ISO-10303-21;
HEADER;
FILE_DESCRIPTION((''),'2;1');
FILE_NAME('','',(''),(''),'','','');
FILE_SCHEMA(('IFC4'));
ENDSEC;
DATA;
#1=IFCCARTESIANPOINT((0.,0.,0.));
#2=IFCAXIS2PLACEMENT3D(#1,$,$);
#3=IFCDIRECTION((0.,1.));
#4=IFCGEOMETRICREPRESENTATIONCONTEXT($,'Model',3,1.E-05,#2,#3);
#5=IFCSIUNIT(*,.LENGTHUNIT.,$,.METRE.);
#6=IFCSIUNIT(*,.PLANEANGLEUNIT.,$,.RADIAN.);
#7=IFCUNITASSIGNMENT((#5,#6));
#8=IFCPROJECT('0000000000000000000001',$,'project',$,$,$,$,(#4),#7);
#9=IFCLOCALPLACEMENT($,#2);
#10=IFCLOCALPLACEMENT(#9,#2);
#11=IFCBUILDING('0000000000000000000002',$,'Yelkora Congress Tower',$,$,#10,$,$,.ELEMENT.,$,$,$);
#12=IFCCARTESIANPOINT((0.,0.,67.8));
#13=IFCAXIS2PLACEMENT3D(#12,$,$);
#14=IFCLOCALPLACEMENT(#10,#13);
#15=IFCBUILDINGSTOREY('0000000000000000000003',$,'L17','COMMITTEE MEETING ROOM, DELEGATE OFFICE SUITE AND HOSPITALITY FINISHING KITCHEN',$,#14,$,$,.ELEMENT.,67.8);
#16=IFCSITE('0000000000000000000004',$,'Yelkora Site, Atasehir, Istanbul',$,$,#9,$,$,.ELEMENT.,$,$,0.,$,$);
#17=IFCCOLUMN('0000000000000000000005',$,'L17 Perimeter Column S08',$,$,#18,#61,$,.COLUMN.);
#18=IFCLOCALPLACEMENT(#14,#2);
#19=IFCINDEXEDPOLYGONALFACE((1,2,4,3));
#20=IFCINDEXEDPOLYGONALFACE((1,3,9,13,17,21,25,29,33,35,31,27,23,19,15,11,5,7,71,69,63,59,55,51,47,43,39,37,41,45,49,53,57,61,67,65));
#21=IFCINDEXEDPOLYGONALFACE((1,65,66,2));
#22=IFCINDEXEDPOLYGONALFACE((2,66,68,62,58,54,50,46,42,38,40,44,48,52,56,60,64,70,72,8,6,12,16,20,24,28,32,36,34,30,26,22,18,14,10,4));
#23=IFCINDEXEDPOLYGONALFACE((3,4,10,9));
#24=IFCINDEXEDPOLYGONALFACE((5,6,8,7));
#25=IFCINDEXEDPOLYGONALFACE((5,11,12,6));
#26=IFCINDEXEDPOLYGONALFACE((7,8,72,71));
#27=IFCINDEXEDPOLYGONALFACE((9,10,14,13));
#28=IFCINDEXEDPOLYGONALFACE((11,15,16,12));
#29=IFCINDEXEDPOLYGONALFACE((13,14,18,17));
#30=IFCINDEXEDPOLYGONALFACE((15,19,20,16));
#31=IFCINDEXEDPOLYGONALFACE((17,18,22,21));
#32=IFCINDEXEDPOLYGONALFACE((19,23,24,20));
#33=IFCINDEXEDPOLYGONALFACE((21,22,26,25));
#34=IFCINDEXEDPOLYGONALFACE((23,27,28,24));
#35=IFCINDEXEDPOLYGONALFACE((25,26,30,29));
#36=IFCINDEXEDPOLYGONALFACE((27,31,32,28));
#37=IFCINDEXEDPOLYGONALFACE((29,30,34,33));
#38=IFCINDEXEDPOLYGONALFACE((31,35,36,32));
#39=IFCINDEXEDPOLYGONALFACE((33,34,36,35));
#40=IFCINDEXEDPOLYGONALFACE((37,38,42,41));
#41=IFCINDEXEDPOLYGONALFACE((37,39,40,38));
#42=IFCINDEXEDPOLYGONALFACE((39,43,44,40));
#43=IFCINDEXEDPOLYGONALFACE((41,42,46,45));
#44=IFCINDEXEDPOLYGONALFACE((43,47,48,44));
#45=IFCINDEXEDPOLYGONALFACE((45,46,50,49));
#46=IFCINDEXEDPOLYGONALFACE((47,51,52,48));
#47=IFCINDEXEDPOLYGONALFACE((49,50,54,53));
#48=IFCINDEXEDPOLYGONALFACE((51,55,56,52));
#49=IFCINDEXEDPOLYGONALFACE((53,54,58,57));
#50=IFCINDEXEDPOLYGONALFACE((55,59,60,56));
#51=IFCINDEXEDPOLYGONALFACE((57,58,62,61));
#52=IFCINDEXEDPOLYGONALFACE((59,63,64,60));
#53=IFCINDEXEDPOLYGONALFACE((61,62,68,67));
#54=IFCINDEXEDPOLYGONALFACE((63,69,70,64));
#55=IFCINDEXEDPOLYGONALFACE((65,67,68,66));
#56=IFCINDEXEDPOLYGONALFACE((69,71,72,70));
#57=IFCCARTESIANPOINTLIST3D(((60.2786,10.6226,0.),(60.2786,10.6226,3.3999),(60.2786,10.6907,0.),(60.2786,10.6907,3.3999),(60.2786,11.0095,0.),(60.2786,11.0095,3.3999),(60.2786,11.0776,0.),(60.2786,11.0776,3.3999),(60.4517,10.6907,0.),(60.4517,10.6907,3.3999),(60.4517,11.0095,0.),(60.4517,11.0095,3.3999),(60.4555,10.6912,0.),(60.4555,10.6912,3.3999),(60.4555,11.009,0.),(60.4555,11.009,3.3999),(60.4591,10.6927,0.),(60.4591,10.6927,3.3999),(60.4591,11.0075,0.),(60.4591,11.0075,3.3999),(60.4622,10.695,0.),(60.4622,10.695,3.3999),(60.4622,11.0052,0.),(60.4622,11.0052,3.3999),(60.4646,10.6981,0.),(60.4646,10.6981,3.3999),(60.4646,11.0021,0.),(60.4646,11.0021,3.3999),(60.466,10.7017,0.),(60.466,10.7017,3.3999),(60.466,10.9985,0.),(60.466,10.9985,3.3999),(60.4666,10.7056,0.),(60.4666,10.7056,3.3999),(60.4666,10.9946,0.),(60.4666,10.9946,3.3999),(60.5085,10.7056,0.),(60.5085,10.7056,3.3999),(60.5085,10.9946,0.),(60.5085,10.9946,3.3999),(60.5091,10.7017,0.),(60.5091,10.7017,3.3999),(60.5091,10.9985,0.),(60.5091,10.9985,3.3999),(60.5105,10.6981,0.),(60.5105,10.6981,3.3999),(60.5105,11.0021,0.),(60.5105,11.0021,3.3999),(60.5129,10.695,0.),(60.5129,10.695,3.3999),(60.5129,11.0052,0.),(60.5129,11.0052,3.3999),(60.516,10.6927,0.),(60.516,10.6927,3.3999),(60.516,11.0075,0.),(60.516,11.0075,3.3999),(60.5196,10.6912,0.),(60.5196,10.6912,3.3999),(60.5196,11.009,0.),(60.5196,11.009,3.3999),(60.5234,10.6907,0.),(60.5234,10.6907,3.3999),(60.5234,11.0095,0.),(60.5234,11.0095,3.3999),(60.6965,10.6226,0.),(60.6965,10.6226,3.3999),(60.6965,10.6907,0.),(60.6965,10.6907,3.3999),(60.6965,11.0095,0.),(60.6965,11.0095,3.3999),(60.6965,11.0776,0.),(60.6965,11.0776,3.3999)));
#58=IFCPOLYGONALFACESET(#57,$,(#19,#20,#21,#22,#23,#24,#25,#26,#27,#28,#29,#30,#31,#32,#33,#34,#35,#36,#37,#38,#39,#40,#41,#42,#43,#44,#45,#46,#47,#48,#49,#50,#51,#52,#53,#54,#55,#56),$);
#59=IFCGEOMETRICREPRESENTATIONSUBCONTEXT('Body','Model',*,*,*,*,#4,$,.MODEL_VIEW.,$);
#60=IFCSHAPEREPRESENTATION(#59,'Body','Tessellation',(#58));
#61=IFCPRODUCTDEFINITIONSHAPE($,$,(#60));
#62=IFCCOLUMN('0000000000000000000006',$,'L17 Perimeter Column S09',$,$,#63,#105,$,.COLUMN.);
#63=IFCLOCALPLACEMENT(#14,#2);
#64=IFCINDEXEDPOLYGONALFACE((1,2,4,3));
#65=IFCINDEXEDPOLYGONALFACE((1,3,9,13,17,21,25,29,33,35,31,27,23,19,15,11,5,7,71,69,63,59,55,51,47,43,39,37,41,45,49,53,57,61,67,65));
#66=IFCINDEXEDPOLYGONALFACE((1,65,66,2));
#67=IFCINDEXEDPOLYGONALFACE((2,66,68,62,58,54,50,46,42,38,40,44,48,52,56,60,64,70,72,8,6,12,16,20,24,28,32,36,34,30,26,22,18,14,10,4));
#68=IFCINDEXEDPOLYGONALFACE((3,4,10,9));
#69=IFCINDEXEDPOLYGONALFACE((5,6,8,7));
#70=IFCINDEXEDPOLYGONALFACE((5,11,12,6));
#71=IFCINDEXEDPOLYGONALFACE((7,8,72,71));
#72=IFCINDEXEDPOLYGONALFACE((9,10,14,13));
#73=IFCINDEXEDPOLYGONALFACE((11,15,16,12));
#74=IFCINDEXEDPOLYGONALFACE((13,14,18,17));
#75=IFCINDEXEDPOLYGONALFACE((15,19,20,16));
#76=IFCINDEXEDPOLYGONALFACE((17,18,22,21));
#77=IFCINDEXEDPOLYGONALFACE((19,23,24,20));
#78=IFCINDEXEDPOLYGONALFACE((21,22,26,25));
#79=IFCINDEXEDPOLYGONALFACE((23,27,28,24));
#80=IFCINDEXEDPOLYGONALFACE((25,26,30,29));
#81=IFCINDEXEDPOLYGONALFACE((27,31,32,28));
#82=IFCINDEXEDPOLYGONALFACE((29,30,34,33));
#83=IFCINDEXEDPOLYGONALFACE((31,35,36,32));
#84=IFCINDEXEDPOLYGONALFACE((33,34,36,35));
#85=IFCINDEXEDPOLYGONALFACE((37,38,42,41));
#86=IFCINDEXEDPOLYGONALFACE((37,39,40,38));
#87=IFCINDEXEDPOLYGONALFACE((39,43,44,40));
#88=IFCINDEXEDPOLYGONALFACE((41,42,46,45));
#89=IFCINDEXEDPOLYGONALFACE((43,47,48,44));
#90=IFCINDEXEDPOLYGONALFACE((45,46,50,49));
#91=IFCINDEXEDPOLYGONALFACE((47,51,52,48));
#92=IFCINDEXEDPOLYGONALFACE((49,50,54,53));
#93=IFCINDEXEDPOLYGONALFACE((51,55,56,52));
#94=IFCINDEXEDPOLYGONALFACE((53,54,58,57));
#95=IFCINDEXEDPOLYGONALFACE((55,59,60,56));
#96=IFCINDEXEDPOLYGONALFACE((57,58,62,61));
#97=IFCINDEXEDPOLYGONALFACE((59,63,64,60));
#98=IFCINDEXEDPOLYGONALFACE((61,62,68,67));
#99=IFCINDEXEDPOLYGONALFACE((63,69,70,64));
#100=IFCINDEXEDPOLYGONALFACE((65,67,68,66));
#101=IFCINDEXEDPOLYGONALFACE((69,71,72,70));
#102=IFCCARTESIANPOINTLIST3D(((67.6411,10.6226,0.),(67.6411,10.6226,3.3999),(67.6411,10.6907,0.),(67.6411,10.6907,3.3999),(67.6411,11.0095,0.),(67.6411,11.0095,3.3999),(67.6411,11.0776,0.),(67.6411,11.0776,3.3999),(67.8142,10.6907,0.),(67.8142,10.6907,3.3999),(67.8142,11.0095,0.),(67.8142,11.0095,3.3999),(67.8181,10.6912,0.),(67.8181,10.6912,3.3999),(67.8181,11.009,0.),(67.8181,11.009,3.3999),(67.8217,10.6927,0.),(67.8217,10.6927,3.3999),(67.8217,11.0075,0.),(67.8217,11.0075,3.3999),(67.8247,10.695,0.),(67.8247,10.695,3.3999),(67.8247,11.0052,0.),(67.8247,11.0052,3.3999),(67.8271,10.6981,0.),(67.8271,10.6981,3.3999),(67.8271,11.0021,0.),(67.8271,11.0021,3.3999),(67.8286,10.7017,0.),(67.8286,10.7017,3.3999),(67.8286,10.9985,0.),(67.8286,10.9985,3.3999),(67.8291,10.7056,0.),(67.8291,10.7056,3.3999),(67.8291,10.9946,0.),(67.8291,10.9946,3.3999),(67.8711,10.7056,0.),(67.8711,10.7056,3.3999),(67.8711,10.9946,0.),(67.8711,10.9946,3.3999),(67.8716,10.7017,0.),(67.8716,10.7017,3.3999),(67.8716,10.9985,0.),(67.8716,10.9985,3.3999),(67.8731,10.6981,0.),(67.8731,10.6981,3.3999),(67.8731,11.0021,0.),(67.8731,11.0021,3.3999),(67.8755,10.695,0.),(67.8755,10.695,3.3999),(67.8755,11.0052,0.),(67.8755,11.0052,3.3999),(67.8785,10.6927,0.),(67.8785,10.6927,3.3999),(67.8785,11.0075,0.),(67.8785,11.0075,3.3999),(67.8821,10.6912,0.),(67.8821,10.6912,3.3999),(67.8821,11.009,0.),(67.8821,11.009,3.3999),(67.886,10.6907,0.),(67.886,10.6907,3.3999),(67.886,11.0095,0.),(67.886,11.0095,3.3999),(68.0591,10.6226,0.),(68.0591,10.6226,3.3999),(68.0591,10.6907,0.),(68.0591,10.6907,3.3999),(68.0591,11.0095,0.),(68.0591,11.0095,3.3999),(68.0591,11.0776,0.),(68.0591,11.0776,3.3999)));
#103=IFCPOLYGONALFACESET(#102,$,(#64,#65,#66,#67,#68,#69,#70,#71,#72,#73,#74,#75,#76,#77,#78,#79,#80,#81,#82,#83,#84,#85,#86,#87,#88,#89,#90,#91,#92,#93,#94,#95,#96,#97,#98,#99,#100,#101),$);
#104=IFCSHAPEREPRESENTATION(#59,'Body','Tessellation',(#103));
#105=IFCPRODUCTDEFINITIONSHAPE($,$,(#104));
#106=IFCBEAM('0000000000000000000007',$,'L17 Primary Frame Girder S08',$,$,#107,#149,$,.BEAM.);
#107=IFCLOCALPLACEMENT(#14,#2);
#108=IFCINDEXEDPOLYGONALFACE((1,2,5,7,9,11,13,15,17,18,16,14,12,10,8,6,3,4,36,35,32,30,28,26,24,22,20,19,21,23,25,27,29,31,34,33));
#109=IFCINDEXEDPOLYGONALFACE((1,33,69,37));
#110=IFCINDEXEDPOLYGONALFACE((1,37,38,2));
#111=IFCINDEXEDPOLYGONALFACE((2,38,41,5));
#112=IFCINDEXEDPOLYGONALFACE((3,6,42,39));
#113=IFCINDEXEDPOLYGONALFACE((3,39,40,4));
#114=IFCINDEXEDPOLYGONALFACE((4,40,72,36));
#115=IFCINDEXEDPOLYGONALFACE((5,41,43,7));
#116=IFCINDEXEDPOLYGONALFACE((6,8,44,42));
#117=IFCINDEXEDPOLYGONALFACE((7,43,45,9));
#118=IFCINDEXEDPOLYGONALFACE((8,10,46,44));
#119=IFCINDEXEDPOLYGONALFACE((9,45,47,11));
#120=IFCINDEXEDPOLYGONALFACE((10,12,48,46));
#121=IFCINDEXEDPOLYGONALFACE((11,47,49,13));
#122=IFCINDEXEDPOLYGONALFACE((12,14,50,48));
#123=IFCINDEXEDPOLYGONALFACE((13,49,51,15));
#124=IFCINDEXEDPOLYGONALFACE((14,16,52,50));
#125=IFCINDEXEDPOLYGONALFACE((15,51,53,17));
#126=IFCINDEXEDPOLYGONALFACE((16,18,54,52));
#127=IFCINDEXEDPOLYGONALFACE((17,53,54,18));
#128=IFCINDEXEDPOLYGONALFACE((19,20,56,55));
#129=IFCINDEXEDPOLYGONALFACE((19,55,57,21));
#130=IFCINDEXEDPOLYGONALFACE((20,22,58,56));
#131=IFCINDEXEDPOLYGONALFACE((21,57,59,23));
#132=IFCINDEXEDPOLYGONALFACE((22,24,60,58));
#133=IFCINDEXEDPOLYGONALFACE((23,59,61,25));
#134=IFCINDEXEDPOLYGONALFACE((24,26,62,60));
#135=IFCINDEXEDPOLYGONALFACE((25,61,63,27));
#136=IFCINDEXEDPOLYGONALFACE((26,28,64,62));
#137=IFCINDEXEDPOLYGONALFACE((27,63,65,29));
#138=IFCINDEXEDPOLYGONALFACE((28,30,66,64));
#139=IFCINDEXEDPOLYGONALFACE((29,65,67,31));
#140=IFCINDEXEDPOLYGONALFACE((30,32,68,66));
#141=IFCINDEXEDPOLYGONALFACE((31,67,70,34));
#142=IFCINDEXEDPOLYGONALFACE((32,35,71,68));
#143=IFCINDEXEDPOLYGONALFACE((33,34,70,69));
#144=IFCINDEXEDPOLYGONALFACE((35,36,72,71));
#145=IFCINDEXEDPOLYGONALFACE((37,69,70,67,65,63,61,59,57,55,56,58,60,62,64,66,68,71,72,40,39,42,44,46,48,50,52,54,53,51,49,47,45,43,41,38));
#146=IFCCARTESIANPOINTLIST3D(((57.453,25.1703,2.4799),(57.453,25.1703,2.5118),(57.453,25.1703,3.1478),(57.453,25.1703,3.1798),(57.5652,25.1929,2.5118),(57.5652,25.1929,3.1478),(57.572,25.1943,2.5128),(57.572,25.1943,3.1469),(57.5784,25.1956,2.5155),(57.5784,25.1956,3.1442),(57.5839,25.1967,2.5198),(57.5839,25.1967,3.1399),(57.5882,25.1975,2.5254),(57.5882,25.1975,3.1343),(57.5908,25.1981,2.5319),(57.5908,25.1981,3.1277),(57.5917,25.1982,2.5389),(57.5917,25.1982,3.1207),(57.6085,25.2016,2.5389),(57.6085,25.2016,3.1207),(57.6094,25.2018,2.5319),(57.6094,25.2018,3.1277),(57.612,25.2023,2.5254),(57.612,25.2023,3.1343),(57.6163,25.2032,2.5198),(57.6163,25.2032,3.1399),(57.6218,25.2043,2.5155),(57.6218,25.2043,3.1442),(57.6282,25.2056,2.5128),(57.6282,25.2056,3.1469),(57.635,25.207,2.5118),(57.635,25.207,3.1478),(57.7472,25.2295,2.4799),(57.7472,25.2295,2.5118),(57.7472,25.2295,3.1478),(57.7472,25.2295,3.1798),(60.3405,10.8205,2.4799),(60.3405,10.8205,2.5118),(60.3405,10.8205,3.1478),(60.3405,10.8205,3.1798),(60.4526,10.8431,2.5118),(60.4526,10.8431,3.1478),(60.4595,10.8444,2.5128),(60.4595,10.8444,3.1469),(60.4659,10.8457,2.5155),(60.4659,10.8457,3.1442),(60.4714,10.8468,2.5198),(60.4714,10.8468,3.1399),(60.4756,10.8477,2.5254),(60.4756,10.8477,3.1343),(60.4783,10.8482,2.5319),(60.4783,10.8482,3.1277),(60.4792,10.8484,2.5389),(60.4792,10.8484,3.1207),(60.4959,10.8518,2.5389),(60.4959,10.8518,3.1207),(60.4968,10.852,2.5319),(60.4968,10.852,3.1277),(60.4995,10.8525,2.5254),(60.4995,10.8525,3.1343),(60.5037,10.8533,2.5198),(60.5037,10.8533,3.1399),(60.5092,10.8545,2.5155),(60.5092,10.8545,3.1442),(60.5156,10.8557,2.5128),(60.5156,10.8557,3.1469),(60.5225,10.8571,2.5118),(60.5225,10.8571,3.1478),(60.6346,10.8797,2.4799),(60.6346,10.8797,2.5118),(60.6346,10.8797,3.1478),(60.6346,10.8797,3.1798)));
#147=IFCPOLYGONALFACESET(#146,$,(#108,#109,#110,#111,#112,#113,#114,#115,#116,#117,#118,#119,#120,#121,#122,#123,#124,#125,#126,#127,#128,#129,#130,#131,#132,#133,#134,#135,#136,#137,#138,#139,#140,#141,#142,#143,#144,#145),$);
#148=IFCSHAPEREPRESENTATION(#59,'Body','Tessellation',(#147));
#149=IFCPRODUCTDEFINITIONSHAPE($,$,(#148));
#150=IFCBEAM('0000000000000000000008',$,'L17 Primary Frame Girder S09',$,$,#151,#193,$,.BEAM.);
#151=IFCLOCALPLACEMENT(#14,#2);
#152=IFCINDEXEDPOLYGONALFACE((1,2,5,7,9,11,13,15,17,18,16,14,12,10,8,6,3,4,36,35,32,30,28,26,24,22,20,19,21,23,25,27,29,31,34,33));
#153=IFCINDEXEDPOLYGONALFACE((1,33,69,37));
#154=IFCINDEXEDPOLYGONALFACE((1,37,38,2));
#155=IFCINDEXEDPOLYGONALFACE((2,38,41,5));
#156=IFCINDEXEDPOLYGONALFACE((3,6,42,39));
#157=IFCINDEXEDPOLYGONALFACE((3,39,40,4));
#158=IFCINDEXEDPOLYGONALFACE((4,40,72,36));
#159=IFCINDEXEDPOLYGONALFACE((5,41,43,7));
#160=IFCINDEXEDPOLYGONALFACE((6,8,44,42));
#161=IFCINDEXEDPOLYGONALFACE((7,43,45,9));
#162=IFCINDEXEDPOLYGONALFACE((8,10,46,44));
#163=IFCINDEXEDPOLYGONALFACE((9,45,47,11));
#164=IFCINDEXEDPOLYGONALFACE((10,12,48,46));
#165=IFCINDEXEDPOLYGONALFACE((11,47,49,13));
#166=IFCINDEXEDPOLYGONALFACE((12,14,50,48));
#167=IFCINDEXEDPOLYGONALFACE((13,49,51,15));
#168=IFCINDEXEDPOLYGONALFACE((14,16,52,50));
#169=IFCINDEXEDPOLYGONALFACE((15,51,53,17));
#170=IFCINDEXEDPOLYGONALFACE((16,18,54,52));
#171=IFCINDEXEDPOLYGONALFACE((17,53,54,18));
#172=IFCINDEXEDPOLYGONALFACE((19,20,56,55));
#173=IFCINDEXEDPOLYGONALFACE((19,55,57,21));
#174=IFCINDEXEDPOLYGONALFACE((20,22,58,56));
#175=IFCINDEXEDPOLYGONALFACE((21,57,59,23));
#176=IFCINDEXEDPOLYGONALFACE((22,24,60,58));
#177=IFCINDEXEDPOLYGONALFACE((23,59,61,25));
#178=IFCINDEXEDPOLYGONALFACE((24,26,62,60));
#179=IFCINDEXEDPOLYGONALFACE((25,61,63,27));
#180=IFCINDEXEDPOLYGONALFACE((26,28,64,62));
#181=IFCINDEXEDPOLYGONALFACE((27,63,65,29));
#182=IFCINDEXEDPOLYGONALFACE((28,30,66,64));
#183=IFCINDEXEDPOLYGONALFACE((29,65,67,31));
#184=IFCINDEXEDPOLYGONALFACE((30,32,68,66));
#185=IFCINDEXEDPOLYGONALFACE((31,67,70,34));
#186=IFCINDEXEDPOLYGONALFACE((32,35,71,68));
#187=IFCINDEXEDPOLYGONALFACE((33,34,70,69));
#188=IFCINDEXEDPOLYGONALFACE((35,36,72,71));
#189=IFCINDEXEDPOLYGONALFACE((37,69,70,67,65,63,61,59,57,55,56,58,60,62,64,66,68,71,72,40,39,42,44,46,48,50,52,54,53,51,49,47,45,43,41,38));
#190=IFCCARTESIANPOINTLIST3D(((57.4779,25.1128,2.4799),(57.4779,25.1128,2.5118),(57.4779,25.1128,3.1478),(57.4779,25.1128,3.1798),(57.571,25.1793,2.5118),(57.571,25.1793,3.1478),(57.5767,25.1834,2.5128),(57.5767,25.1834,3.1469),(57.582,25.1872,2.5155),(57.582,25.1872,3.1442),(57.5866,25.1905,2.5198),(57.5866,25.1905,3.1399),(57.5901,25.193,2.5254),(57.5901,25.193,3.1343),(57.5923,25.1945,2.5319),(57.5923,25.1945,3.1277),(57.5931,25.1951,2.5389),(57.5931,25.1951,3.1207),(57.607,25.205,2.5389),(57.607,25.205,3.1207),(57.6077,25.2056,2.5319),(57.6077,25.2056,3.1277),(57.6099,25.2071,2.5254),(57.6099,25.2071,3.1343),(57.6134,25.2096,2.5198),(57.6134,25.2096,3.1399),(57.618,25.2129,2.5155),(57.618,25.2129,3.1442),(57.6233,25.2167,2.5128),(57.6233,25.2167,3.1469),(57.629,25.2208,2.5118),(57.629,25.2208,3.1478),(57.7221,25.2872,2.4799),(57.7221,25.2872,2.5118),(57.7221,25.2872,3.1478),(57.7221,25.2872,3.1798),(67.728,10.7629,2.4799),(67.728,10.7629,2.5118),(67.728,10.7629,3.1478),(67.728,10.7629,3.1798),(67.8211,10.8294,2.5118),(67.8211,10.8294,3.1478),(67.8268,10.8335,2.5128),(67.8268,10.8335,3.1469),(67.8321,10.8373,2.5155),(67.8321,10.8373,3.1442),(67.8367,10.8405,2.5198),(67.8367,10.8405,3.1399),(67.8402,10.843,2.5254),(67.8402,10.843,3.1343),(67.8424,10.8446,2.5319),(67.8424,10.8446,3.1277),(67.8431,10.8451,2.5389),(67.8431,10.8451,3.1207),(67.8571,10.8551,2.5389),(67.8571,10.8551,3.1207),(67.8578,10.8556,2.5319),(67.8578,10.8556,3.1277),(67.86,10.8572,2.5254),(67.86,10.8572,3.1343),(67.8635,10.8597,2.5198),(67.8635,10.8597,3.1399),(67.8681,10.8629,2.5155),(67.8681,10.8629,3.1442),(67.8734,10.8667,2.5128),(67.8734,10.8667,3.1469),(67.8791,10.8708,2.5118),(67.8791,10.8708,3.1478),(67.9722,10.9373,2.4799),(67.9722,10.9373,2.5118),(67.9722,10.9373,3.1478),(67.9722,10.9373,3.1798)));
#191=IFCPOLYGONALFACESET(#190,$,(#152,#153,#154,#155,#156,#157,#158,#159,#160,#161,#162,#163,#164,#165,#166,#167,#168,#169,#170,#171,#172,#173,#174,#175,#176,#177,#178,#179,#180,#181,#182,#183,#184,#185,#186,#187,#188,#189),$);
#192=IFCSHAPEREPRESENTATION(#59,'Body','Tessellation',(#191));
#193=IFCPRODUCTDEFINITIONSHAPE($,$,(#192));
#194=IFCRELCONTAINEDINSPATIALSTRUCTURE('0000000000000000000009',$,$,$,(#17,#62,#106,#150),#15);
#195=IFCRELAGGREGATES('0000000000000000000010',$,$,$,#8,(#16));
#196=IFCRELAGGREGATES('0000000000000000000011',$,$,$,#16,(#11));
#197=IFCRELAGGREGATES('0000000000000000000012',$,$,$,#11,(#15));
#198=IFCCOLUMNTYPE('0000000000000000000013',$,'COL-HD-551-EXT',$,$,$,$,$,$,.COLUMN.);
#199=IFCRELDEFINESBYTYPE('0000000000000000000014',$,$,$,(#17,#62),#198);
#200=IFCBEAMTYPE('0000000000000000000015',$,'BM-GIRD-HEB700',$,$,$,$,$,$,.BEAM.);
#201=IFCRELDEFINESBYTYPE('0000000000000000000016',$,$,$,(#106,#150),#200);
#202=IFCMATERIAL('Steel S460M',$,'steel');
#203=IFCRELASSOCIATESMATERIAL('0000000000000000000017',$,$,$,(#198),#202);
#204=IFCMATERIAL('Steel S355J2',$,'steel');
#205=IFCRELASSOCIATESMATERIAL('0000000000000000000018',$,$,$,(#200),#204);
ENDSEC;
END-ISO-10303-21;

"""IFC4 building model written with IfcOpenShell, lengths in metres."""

from ifc_helpers import new_model, si_unit, direction, frame, origin, origin_2d, place, context, subcontext, project, spatial, i_section, extrude, material, material_profile, profile_set, type_object, element, save


model = new_model("IFC4")

# Units and contexts
model_context = context("Model", 3, precision=1e-05, world=origin(), true_north=direction((0.0, 1.0)))
body_context = subcontext(model_context, "Body", "Model", "MODEL_VIEW")
ifc_project = project(units=[si_unit("LENGTHUNIT", "METRE"), si_unit("PLANEANGLEUNIT", "RADIAN")], contexts=[model_context])

# Site, building, storey
site_placement = place(None, origin())
site = spatial("IfcSite", under=ifc_project, at=site_placement, Name="Yelkora Site, Atasehir, Istanbul", CompositionType="ELEMENT", RefElevation=0.0)
building_placement = place(site_placement, origin())
building = spatial("IfcBuilding", under=site, at=building_placement, Name="Yelkora Congress Tower", CompositionType="ELEMENT")
storey_placement = place(building_placement, frame((0.0, 0.0, 67.8)))
storey = spatial("IfcBuildingStorey", under=building, at=storey_placement, Name="L17", Description="COMMITTEE MEETING ROOM, DELEGATE OFFICE SUITE AND HOSPITALITY FINISHING KITCHEN", CompositionType="ELEMENT", Elevation=67.8)

# Columns
ifc_material_1 = material(Name="Steel S460M", Category="steel")
ifc_material_profile_1 = material_profile(ifc_material_1, i_section(OverallWidth=0.418, OverallDepth=0.4551, WebThickness=0.042, FlangeThickness=0.0681, FilletRadius=0.0149, at=origin_2d()), Name="HD 400x551")
ifc_profile_set_1 = profile_set([ifc_material_profile_1], Name="Steel S460M")
column_type = type_object("IfcColumnType", Name="COL-HD-551-EXT", PredefinedType="COLUMN", material=ifc_profile_set_1)
for number, where, z_axis, x_axis, name in (
    (1, (60.4875, 10.8501, 0.0), (0.0, 0.0, 1.0), (1.0, 0.0, 0.0), "L17 Perimeter Column S08"),
    (2, (67.8501, 10.8501, 0.0), (0.0, 0.0, 1.0), (1.0, 0.0, 0.0), "L17 Perimeter Column S09"),
):
    element("IfcColumn", number, at=place(storey_placement, frame(where, z_axis=z_axis, x_axis=x_axis)), inside=storey, type_object=column_type, Name=name, PredefinedType="COLUMN", context=body_context, shape_type="SweptSolid", body=[
        extrude(i_section(OverallWidth=0.418, OverallDepth=0.4551, WebThickness=0.042, FlangeThickness=0.0681, FilletRadius=0.0149, at=origin_2d()), origin(), (0.0, 0.0, 1.0), 3.3999),
    ])

# Beams
ifc_material_2 = material(Name="Steel S355J2", Category="steel")
ifc_material_profile_2 = material_profile(ifc_material_2, i_section(OverallWidth=0.3, OverallDepth=0.7, WebThickness=0.0171, FlangeThickness=0.032, FilletRadius=0.0271, at=origin_2d()), Name="HEB 700")
ifc_profile_set_2 = profile_set([ifc_material_profile_2], Name="Steel S355J2")
beam_type_1 = type_object("IfcBeamType", Name="BM-GIRD-HEB700", PredefinedType="BEAM", material=ifc_profile_set_2)
beam_1_placement = place(storey_placement, frame((60.4875, 10.8501, 2.8298), z_axis=(-0.197264, 0.98035, 0.0), x_axis=(-0.98035, -0.197264, 0.0)))
element("IfcBeam", 3, at=beam_1_placement, inside=storey, type_object=beam_type_1, Name="L17 Primary Frame Girder S08", PredefinedType="BEAM", context=body_context, shape_type="SweptSolid", body=[
    extrude(i_section(OverallWidth=0.3, OverallDepth=0.7, WebThickness=0.0171, FlangeThickness=0.032, FilletRadius=0.0271, at=origin_2d()), origin(), (0.0, 0.0, 1.0), 14.6375),
])
beam_2_placement = place(storey_placement, frame((67.8501, 10.8501, 2.8298), z_axis=(-0.581242, 0.813731, 0.0), x_axis=(-0.813731, -0.581242, 0.0)))
element("IfcBeam", 4, at=beam_2_placement, inside=storey, type_object=beam_type_1, Name="L17 Primary Frame Girder S09", PredefinedType="BEAM", context=body_context, shape_type="SweptSolid", body=[
    extrude(i_section(OverallWidth=0.3, OverallDepth=0.7, WebThickness=0.0171, FlangeThickness=0.032, FilletRadius=0.0271, at=origin_2d()), origin(), (0.0, 0.0, 1.0), 17.6348),
])

save(model, "model.ifc")
